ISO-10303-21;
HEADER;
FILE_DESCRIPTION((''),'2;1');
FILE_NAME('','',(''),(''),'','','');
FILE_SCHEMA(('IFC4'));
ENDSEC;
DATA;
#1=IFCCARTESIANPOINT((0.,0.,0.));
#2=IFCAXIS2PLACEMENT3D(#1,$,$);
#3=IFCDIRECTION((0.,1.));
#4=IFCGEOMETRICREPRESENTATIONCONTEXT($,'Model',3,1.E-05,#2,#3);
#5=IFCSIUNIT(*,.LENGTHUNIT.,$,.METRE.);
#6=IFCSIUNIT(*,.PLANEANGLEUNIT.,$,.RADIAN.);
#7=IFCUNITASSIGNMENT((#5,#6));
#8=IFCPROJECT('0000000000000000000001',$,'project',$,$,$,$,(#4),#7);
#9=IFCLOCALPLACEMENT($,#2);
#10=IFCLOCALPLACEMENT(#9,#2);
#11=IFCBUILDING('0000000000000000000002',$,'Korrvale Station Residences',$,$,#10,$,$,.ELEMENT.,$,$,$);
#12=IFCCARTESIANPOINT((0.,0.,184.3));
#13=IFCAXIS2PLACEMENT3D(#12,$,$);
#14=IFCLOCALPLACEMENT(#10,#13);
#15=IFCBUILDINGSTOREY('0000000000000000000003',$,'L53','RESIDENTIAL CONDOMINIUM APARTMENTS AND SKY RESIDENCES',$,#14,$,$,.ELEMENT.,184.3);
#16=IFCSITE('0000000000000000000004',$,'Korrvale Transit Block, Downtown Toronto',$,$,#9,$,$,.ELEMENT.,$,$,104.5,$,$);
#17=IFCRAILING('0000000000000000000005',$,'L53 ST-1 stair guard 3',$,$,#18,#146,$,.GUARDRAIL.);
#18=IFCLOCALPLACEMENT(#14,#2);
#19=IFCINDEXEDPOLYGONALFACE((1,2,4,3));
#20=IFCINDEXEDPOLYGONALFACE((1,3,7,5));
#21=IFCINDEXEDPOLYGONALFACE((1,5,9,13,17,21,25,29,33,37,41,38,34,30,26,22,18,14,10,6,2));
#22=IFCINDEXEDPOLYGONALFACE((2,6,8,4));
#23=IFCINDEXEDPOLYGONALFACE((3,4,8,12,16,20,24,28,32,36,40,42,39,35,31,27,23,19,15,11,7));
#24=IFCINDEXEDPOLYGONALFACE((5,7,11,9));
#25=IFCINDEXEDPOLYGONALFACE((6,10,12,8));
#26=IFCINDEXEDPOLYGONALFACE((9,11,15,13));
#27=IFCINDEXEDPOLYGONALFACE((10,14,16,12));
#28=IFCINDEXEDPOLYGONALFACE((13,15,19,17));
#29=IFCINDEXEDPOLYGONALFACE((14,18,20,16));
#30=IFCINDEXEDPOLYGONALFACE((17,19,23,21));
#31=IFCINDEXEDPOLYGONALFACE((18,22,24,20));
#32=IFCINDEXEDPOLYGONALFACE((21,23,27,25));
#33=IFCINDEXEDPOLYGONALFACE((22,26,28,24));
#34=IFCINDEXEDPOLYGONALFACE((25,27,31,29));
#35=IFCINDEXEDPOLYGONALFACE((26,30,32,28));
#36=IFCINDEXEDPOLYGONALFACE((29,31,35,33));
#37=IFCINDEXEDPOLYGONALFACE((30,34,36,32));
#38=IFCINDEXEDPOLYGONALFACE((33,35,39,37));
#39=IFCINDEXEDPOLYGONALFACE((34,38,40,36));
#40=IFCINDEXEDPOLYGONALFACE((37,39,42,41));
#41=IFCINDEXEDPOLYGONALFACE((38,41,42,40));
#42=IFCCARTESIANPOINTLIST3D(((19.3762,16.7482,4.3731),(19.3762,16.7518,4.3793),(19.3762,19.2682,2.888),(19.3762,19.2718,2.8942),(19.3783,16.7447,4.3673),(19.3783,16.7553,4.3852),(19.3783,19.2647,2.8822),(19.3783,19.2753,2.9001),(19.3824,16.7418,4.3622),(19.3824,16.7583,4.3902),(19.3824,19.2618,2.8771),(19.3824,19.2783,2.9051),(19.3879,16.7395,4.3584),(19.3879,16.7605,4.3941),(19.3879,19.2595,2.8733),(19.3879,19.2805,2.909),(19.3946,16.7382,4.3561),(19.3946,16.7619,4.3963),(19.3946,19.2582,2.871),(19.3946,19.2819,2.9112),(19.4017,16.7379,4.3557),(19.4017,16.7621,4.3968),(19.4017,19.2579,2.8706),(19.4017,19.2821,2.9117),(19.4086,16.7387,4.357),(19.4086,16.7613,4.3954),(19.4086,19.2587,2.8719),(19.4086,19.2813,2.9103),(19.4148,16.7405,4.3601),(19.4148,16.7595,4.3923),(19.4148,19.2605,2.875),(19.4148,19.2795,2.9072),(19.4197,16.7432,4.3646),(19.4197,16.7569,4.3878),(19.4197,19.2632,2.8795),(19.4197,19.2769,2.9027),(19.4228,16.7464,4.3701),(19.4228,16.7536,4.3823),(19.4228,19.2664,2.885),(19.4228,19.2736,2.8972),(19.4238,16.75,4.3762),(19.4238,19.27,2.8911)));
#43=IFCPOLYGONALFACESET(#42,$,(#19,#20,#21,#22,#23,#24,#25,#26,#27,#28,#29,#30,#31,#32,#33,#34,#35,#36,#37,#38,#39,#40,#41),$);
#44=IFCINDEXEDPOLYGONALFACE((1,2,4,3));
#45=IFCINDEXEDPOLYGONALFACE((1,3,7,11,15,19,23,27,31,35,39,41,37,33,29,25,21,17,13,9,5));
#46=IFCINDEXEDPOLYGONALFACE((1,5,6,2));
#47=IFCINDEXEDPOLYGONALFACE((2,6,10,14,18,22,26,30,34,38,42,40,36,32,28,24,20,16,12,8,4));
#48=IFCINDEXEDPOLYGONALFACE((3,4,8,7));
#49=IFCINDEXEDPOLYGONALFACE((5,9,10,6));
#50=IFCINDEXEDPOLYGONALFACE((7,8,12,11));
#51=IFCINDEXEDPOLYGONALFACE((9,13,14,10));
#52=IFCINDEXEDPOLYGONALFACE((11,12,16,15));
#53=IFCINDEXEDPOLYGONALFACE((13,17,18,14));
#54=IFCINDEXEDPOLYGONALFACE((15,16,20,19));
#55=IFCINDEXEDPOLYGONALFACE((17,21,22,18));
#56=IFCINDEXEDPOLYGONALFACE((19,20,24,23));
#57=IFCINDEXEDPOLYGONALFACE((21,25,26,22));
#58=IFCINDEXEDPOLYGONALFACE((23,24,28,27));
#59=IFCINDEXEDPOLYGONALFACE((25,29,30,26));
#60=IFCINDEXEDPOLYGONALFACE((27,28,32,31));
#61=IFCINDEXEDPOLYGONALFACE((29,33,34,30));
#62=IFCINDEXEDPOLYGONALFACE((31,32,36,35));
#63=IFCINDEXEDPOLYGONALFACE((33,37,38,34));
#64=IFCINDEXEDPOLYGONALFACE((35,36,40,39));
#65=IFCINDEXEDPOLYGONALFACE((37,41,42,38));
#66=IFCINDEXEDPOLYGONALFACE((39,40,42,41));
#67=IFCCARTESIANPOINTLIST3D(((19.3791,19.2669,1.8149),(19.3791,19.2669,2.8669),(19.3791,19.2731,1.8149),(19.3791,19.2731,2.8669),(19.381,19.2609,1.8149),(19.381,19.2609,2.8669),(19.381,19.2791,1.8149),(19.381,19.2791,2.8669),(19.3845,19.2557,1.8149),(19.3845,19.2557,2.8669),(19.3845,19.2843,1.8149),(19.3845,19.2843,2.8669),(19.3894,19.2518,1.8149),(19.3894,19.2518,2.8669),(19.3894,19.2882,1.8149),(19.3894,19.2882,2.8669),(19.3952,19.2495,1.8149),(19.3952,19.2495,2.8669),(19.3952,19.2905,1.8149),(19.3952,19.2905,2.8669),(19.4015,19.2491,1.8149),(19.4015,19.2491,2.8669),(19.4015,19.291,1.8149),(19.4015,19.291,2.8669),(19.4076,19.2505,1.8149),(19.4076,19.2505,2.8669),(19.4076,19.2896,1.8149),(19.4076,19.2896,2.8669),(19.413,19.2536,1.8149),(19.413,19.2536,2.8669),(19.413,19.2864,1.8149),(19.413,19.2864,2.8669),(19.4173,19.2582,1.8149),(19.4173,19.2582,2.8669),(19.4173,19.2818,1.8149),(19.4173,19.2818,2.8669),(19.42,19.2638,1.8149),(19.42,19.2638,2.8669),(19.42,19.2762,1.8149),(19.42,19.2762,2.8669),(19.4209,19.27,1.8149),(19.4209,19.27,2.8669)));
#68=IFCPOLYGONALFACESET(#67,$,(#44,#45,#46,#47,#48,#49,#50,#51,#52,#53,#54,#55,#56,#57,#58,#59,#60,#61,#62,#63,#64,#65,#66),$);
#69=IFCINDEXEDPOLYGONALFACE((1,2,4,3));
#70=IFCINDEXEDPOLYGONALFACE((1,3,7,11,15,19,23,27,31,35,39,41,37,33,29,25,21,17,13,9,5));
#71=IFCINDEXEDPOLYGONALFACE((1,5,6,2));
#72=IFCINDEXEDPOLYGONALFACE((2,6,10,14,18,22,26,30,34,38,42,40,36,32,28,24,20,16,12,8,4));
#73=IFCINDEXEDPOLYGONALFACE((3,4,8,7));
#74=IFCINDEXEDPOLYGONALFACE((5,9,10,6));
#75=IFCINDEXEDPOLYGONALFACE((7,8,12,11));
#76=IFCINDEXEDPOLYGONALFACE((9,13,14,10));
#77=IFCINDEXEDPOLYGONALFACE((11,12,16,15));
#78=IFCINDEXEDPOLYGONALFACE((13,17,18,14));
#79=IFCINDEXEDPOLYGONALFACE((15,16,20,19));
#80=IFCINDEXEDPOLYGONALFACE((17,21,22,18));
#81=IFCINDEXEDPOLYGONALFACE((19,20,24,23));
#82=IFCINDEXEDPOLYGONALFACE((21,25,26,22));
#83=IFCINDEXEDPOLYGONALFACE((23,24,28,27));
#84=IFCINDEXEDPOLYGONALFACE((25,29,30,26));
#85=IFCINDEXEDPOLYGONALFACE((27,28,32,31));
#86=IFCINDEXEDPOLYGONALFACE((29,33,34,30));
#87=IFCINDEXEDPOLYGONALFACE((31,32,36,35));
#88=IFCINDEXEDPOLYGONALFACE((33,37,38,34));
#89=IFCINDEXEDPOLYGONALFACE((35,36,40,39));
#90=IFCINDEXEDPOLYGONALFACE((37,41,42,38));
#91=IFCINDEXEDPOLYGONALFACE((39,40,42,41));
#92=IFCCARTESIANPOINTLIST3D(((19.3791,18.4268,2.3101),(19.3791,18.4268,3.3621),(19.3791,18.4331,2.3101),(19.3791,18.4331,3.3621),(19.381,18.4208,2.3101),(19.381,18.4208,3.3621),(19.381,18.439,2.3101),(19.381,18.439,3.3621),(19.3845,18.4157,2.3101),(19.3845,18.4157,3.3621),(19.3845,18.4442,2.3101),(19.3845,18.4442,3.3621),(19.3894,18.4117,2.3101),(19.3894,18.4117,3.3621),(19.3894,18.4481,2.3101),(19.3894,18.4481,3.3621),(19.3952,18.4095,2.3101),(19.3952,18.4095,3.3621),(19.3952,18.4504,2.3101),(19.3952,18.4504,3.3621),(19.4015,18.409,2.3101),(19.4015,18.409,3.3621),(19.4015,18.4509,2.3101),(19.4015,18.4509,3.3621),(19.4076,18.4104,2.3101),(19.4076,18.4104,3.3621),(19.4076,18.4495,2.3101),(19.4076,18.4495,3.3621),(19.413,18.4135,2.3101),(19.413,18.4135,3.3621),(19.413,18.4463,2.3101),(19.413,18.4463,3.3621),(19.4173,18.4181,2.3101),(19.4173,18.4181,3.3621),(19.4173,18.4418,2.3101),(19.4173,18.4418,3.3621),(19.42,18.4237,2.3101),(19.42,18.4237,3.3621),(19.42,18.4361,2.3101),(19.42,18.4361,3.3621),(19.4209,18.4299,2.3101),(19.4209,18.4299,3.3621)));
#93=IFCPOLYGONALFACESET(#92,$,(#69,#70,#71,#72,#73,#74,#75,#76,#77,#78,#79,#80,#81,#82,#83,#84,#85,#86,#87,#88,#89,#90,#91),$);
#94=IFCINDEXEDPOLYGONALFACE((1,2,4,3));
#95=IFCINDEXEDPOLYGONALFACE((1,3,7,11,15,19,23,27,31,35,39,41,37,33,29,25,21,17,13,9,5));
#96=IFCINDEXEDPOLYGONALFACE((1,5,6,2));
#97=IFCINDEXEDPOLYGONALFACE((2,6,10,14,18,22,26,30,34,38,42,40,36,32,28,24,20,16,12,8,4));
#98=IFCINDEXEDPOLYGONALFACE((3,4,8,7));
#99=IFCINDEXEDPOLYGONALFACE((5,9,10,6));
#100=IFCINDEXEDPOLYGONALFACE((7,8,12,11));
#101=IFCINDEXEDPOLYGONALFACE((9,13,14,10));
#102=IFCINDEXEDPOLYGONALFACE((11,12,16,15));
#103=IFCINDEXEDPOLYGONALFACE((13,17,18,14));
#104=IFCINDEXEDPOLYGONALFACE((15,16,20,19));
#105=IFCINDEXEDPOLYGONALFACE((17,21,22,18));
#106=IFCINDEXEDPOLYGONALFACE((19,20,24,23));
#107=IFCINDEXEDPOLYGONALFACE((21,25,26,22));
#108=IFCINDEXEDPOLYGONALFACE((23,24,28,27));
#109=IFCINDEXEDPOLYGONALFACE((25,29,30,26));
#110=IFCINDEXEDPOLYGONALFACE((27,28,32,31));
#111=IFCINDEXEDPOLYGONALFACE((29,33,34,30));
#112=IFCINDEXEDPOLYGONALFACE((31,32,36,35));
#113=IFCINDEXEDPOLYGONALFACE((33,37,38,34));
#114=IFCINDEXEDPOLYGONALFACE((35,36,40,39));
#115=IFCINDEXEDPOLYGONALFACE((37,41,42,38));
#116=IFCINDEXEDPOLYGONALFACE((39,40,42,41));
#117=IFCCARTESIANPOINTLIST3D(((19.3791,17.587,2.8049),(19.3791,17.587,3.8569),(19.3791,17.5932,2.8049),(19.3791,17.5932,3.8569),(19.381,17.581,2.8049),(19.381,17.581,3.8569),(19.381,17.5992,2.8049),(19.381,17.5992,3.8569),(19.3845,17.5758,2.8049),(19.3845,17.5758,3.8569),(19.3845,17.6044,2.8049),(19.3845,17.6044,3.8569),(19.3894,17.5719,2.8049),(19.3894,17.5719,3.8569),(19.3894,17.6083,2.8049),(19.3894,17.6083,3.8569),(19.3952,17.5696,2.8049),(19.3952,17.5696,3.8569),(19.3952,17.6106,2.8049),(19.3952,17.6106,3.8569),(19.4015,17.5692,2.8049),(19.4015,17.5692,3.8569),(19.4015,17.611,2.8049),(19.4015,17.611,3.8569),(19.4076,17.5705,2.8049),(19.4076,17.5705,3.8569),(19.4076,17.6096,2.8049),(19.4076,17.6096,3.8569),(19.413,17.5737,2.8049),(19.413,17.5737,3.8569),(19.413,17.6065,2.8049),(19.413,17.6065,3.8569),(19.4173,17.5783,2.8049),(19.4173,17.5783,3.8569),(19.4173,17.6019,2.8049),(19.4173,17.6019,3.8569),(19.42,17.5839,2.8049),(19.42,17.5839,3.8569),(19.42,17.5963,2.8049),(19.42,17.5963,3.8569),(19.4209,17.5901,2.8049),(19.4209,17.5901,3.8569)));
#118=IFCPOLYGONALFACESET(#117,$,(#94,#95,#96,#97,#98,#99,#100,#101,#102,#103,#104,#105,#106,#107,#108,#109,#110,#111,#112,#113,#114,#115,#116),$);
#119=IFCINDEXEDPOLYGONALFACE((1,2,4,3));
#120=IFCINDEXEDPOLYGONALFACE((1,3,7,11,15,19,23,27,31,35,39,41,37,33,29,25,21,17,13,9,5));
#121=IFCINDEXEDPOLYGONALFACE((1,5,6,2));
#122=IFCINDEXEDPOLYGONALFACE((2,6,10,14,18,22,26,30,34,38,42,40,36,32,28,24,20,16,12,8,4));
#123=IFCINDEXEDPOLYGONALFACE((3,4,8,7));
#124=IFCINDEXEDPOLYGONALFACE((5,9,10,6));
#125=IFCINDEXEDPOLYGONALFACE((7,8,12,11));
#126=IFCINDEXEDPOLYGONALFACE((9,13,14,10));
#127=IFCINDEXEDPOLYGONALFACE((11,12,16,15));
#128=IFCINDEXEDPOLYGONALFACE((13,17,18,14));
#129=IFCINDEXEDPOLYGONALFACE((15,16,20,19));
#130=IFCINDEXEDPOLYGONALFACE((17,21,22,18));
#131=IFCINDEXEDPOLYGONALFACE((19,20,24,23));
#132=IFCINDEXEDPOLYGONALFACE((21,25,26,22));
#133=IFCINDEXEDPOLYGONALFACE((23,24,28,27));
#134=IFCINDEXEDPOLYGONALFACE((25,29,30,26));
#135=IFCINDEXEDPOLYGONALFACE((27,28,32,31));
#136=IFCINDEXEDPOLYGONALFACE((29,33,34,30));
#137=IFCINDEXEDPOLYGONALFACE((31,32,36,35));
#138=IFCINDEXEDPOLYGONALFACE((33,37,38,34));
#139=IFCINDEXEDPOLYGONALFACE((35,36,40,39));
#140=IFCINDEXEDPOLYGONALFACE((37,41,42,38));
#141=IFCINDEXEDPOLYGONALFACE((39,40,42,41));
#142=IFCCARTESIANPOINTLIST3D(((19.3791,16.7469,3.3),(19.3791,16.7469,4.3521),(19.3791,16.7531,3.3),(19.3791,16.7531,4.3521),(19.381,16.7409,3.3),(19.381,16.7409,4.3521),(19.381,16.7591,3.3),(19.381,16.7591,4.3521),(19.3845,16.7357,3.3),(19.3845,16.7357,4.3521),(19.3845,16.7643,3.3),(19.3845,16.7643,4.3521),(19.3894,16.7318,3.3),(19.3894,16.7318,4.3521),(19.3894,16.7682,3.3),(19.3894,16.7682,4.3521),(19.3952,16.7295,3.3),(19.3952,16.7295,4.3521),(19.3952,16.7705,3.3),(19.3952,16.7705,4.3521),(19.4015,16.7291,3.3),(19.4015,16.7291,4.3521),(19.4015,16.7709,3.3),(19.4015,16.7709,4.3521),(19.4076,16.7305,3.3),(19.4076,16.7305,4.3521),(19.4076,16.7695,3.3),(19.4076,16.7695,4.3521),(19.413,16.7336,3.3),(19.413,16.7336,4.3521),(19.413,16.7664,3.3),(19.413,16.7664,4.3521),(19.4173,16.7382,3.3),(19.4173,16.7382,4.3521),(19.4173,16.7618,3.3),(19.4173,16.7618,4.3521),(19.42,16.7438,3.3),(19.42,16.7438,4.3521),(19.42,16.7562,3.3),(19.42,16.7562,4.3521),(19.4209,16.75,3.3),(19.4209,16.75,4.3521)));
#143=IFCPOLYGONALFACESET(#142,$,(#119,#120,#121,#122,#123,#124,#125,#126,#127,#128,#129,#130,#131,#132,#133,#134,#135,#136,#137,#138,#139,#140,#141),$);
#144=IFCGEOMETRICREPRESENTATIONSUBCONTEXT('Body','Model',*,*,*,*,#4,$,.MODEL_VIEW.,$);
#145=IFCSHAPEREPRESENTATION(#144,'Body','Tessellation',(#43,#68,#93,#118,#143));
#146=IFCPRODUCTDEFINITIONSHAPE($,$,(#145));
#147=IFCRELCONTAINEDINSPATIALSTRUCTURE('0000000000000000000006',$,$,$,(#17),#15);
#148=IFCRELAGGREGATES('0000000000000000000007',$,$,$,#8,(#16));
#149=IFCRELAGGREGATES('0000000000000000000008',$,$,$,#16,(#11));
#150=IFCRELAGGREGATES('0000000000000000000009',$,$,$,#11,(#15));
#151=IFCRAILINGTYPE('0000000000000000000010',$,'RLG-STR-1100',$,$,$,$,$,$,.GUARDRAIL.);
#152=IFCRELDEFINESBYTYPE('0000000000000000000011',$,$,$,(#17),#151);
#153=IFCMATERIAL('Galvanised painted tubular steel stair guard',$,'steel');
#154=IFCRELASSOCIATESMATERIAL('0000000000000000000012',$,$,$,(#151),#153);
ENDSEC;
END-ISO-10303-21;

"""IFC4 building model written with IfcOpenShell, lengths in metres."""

from ifc_helpers import new_model, si_unit, direction, frame, origin, origin_2d, place, context, subcontext, project, spatial, circle, extrude, material, type_object, element, save


model = new_model("IFC4")

# Units and contexts
model_context = context("Model", 3, precision=1e-05, world=origin(), true_north=direction((0.0, 1.0)))
body_context = subcontext(model_context, "Body", "Model", "MODEL_VIEW")
ifc_project = project(units=[si_unit("LENGTHUNIT", "METRE"), si_unit("PLANEANGLEUNIT", "RADIAN")], contexts=[model_context])

# Site, building, storey
site_placement = place(None, origin())
site = spatial("IfcSite", under=ifc_project, at=site_placement, Name="Korrvale Transit Block, Downtown Toronto", CompositionType="ELEMENT", RefElevation=104.5)
building_placement = place(site_placement, origin())
building = spatial("IfcBuilding", under=site, at=building_placement, Name="Korrvale Station Residences", CompositionType="ELEMENT")
storey_placement = place(building_placement, frame((0.0, 0.0, 184.3)))
storey = spatial("IfcBuildingStorey", under=building, at=storey_placement, Name="L53", Description="RESIDENTIAL CONDOMINIUM APARTMENTS AND SKY RESIDENCES", CompositionType="ELEMENT", Elevation=184.3)

# Railing
ifc_material_1 = material(Name="Galvanised painted tubular steel stair guard", Category="steel")
railing_type_1 = type_object("IfcRailingType", Name="RLG-STR-1100", PredefinedType="GUARDRAIL", material=ifc_material_1)
railing_1_placement = place(storey_placement, frame((19.3999, 19.27, 1.8149)))
element("IfcRailing", 1, at=railing_1_placement, inside=storey, type_object=railing_type_1, Name="L53 ST-1 stair guard 3", PredefinedType="GUARDRAIL", context=body_context, shape_type="SweptSolid", body=[
    extrude(circle(Radius=0.0239, at=origin_2d()), frame((0.0, 0.0, 1.0762), z_axis=(0.0, -0.861524, 0.507717), x_axis=(1.0, 0.0, 0.0)), (0.0, 0.0, 1.0), 2.925),
    extrude(circle(Radius=0.021, at=origin_2d()), origin(), (0.0, 0.0, 1.0), 1.052),
    extrude(circle(Radius=0.021, at=origin_2d()), frame((0.0, -0.8401, 0.4951)), (0.0, 0.0, 1.0), 1.052),
    extrude(circle(Radius=0.021, at=origin_2d()), frame((0.0, -1.6799, 0.99)), (0.0, 0.0, 1.0), 1.052),
    extrude(circle(Radius=0.021, at=origin_2d()), frame((0.0, -2.52, 1.4851)), (0.0, 0.0, 1.0), 1.052),
])

save(model, "model.ifc")
